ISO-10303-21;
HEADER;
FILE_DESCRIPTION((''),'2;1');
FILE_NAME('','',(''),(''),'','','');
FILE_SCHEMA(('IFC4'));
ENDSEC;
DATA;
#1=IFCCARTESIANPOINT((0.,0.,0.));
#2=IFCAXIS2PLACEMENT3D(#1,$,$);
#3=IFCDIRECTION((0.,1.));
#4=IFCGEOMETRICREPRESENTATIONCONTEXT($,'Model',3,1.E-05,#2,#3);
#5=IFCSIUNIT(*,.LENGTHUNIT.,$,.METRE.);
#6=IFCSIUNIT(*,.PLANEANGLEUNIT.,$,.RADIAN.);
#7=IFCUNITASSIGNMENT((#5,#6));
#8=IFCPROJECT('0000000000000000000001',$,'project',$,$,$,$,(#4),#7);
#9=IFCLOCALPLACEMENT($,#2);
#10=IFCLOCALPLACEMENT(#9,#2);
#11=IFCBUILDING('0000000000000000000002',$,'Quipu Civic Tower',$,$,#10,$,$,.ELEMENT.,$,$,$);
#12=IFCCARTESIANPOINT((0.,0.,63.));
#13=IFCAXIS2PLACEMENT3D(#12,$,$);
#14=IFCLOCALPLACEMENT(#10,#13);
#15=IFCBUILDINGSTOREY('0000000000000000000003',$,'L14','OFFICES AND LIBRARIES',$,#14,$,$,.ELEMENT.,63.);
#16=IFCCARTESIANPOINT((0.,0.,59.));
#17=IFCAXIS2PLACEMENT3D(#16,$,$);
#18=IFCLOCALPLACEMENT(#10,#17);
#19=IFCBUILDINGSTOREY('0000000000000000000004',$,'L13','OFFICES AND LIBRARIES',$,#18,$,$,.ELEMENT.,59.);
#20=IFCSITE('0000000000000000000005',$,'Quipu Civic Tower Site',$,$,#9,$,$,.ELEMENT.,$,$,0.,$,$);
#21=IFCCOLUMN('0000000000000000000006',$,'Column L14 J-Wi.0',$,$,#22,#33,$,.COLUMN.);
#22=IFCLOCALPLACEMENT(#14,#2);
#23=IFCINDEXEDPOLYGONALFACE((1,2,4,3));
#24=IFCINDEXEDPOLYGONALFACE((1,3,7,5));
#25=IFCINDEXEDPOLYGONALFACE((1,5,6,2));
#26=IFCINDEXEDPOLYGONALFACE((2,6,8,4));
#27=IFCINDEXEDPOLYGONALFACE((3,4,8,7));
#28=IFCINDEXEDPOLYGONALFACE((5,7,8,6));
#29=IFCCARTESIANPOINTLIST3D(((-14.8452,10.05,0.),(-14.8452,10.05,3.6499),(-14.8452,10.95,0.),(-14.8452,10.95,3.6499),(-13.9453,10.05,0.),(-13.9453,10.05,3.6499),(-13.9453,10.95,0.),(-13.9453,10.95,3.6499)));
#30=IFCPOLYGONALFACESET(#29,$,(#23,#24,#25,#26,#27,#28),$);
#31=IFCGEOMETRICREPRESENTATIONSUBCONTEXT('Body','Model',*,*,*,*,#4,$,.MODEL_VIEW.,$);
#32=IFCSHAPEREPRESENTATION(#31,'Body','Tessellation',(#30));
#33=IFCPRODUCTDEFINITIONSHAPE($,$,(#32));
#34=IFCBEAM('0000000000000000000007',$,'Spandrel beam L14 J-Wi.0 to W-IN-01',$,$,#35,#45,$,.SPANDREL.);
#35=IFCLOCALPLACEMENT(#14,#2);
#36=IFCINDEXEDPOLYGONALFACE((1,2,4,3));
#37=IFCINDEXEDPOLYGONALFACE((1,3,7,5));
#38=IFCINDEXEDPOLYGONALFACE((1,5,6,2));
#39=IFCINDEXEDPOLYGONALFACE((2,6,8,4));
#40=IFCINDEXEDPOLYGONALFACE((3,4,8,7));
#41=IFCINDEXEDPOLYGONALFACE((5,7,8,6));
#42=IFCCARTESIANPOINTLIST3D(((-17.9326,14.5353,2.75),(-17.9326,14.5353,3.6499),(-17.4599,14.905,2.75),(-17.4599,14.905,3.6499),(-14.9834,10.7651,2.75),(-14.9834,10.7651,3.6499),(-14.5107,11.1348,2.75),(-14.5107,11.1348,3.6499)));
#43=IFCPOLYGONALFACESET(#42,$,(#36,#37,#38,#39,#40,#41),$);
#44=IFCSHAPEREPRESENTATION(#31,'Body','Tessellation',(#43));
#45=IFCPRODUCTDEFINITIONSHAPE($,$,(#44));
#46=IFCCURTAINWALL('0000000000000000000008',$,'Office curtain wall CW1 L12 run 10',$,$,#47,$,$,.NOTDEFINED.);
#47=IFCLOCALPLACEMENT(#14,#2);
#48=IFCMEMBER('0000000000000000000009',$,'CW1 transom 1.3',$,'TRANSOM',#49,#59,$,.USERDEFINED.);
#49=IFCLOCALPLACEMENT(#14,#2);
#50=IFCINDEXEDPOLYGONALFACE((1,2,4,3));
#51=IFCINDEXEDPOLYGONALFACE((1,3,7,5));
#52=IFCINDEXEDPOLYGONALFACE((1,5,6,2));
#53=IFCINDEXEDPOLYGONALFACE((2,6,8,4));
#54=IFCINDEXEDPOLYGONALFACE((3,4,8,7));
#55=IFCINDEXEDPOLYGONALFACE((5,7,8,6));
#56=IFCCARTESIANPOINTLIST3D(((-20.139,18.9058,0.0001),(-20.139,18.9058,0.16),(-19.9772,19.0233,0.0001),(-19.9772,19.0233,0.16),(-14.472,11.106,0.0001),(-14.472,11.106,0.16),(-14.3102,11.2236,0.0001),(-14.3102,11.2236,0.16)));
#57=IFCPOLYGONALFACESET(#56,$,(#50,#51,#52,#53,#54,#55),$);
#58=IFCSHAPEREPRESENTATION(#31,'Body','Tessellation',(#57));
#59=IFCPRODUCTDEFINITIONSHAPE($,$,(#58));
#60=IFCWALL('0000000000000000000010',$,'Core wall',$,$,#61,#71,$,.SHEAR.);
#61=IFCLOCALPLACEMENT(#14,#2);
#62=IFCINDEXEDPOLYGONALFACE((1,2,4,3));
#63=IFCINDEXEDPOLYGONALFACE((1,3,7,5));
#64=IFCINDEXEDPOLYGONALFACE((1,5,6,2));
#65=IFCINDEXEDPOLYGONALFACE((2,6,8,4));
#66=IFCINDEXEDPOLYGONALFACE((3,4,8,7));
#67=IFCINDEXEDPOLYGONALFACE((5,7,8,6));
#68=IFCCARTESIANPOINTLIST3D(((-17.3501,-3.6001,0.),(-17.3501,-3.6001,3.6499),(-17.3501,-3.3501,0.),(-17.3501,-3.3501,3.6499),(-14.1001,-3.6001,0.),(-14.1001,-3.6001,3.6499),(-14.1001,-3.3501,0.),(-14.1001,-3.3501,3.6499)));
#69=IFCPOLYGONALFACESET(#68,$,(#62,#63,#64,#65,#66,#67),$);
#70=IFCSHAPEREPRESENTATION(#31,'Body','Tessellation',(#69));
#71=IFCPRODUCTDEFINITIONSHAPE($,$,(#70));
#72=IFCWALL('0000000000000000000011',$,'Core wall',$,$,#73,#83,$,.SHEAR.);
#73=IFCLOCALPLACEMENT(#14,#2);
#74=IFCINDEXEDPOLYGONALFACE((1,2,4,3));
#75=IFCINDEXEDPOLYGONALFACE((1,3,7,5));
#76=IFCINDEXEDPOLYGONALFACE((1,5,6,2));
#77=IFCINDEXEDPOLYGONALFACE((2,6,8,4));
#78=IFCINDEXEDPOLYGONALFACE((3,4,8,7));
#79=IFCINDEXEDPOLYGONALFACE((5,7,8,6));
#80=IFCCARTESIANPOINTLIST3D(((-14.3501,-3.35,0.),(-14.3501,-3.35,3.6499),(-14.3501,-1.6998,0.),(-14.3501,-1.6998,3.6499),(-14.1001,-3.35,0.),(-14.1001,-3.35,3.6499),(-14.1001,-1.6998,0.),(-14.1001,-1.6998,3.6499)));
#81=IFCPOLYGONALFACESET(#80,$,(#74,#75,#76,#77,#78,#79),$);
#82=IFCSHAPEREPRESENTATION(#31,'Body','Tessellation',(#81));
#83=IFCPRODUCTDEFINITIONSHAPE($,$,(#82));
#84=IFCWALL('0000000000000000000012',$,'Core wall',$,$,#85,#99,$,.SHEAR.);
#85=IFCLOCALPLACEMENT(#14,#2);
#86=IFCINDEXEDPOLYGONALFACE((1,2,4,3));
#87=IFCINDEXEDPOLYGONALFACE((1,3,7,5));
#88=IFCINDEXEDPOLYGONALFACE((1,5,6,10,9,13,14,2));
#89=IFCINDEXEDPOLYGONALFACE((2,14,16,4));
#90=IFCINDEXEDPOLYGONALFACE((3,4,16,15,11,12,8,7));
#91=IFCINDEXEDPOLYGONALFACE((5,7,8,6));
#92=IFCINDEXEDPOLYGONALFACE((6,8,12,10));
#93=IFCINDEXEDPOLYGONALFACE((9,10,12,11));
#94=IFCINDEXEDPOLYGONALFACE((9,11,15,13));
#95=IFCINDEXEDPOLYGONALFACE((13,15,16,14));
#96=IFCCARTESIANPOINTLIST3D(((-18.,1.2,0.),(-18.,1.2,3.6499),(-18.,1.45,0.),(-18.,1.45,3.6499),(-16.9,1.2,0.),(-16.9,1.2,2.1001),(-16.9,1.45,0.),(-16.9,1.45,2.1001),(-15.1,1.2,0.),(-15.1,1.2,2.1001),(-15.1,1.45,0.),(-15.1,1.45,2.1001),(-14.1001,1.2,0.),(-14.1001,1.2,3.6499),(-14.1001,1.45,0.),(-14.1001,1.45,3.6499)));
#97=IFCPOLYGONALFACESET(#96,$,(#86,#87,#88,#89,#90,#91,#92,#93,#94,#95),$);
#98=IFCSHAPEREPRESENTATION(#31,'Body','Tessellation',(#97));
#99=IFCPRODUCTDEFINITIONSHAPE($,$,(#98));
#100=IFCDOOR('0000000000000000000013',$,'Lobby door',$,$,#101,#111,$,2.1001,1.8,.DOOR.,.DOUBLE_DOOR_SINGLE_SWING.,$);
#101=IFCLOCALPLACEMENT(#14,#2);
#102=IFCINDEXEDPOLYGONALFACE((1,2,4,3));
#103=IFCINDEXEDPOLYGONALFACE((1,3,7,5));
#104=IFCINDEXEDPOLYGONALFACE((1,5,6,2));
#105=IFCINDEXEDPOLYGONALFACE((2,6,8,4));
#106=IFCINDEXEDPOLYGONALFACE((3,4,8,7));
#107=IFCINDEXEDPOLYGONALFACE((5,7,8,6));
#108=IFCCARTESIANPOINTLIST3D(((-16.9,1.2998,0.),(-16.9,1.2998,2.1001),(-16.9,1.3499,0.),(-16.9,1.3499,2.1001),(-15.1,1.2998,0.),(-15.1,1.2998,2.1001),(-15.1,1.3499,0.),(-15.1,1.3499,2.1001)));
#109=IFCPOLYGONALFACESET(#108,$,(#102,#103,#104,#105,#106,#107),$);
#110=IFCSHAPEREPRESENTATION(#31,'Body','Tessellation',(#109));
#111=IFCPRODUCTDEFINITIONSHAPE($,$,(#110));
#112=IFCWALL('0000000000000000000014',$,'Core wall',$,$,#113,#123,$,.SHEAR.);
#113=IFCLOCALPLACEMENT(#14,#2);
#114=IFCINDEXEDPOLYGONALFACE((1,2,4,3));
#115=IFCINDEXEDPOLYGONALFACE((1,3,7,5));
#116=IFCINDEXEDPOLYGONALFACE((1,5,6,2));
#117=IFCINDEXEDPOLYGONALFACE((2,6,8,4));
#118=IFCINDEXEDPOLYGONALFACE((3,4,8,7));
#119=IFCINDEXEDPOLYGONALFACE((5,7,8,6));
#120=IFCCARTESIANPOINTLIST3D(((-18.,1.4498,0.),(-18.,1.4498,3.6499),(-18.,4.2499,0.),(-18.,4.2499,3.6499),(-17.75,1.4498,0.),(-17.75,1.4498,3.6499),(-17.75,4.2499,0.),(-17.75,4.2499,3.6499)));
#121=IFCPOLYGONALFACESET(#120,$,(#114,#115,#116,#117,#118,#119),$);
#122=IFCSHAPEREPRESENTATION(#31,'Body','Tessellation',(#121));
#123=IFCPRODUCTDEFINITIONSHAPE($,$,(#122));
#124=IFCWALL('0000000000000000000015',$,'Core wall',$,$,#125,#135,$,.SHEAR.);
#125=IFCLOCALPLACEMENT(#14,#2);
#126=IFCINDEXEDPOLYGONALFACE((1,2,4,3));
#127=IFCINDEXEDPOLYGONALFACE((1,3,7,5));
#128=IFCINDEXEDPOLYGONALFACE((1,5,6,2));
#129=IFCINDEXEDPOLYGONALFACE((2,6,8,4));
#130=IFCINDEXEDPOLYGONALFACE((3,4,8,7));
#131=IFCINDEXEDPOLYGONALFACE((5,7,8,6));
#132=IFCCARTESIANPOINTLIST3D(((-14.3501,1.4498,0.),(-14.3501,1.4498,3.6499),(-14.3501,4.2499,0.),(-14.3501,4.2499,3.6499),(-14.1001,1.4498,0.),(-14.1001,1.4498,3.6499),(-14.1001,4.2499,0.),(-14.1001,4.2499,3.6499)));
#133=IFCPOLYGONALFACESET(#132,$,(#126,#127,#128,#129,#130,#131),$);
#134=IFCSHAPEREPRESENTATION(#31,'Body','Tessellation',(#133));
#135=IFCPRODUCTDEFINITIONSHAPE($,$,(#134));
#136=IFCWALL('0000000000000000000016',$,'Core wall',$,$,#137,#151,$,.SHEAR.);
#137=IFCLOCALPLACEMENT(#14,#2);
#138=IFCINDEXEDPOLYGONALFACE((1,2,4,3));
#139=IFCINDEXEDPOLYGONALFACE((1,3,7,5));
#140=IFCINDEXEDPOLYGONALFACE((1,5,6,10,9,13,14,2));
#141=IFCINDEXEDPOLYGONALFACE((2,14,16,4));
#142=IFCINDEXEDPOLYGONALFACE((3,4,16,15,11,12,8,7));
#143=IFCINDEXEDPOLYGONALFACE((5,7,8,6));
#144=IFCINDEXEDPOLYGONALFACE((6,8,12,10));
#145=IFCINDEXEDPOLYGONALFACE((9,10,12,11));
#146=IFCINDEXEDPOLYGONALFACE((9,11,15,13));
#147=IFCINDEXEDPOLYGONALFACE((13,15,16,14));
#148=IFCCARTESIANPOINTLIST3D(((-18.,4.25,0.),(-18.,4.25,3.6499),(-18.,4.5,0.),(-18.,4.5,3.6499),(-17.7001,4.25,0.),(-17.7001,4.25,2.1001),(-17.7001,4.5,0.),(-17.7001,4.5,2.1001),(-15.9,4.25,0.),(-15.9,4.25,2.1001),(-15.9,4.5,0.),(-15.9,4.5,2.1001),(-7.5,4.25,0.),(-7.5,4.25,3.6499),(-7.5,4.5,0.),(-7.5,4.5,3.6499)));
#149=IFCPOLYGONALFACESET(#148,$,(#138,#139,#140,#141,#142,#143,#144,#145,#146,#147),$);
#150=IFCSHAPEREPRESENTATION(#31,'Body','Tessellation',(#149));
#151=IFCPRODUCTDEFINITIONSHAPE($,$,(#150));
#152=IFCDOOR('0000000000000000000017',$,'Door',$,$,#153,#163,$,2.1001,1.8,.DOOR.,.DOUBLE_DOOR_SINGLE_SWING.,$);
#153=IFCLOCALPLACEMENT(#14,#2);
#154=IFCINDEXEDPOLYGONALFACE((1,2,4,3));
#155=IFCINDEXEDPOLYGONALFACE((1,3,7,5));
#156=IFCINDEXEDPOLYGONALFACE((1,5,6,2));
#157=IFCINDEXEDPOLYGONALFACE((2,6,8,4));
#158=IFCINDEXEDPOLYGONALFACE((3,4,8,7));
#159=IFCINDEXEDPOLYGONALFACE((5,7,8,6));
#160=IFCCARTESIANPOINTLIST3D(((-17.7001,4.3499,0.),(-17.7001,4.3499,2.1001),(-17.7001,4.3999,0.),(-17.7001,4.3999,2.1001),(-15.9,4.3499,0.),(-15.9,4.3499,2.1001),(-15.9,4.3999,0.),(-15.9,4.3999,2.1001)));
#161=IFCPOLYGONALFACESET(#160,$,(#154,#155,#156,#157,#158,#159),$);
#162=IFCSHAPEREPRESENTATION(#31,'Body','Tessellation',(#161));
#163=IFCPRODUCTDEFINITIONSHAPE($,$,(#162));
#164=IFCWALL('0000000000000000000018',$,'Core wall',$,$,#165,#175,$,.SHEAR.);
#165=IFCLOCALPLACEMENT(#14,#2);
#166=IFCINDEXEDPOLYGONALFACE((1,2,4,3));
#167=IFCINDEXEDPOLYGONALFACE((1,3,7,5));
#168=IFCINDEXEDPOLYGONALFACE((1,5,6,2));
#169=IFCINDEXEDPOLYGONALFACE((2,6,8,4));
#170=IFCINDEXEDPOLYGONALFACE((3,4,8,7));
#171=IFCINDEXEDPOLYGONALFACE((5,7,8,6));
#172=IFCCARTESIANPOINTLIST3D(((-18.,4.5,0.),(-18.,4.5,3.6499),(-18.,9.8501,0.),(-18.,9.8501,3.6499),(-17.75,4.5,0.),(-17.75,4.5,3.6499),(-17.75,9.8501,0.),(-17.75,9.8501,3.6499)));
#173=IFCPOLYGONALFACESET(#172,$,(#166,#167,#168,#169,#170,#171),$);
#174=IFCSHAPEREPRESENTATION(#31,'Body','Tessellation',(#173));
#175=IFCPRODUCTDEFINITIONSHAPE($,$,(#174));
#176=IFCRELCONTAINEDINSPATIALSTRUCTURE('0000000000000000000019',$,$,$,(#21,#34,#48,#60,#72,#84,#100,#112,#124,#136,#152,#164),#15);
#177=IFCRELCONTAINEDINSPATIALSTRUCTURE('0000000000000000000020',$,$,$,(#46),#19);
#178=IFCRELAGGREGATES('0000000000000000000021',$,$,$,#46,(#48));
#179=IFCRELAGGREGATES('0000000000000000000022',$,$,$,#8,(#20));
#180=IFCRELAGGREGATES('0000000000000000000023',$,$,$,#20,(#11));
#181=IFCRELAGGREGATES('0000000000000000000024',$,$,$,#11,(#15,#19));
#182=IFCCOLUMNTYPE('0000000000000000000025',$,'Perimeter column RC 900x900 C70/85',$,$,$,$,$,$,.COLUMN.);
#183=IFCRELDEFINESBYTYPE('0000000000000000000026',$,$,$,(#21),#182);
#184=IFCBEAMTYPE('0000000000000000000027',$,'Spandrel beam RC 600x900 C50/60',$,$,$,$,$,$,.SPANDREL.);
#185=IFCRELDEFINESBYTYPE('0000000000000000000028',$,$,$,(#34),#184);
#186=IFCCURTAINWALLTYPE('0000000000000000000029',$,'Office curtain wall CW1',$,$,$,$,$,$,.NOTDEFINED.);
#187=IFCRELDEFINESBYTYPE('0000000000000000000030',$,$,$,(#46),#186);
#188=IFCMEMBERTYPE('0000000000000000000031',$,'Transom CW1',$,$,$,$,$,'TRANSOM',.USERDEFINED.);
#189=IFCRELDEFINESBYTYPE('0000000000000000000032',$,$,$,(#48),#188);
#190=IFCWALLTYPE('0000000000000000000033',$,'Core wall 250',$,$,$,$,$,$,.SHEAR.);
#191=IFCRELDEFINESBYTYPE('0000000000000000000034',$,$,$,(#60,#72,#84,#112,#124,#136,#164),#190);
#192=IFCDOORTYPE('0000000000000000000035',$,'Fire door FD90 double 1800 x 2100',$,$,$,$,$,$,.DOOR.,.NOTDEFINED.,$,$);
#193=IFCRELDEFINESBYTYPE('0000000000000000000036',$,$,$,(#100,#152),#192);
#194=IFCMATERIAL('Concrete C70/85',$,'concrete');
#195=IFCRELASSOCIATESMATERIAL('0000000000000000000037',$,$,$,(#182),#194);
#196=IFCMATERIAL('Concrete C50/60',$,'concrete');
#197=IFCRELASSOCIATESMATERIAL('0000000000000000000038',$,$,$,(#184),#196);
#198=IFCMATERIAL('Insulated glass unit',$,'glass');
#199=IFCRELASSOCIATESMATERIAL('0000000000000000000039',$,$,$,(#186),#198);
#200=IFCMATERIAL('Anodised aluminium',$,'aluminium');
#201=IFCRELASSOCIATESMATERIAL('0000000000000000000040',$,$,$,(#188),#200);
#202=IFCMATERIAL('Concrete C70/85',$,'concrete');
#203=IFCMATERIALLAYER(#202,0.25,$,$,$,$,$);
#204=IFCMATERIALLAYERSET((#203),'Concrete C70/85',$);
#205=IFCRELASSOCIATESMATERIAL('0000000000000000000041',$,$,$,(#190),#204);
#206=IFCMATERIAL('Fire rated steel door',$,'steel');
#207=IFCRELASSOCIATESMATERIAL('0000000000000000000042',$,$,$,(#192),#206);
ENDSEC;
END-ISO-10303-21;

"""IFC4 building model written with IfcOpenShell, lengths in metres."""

from ifc_helpers import new_model, si_unit, direction, frame, frame_2d, origin, origin_2d, place, context, subcontext, project, spatial, rectangle, extrude, material, layer, layer_set, material_profile, profile_set, type_object, element, fill, aggregate, save


model = new_model("IFC4")

# Units and contexts
model_context = context("Model", 3, precision=1e-05, world=origin(), true_north=direction((0.0, 1.0)))
body_context = subcontext(model_context, "Body", "Model", "MODEL_VIEW")
ifc_project = project(units=[si_unit("LENGTHUNIT", "METRE"), si_unit("PLANEANGLEUNIT", "RADIAN")], contexts=[model_context])

# Site, building, storey
site_placement = place(None, origin())
site = spatial("IfcSite", under=ifc_project, at=site_placement, Name="Quipu Civic Tower Site", CompositionType="ELEMENT", RefElevation=0.0)
building_placement = place(site_placement, origin())
building = spatial("IfcBuilding", under=site, at=building_placement, Name="Quipu Civic Tower", CompositionType="ELEMENT")
storey_1_placement = place(building_placement, frame((0.0, 0.0, 63.0)))
storey_1 = spatial("IfcBuildingStorey", under=building, at=storey_1_placement, Name="L14", Description="OFFICES AND LIBRARIES", CompositionType="ELEMENT", Elevation=63.0)

# Column
ifc_material_1 = material(Name="Concrete C70/85", Category="concrete")
ifc_material_profile_1 = material_profile(ifc_material_1, rectangle(XDim=0.8999, YDim=0.8999, at=origin_2d()), Name="RC900x900")
ifc_profile_set_1 = profile_set([ifc_material_profile_1], Name="Concrete C70/85")
column_type = type_object("IfcColumnType", Name="Perimeter column RC 900x900 C70/85", PredefinedType="COLUMN", material=ifc_profile_set_1)
column_placement = place(storey_1_placement, frame((-14.3953, 10.5, 0.0), z_axis=(0.0, 0.0, 1.0), x_axis=(-1.0, 0.0, 0.0)))
element("IfcColumn", 1, at=column_placement, inside=storey_1, type_object=column_type, Name="Column L14 J-Wi.0", PredefinedType="COLUMN", context=body_context, shape_type="SweptSolid", body=[
    extrude(rectangle(XDim=0.8999, YDim=0.8999, at=origin_2d()), origin(), (0.0, 0.0, 1.0), 3.6499),
])

# Beam
ifc_material_2 = material(Name="Concrete C50/60", Category="concrete")
ifc_material_profile_2 = material_profile(ifc_material_2, rectangle(XDim=0.6001, YDim=0.8999, at=origin_2d()), Name="RC600x900")
ifc_profile_set_2 = profile_set([ifc_material_profile_2], Name="Concrete C50/60")
beam_type = type_object("IfcBeamType", Name="Spandrel beam RC 600x900 C50/60", PredefinedType="SPANDREL", material=ifc_profile_set_2)
beam_placement = place(storey_1_placement, frame((-14.7471, 10.95, 3.2), z_axis=(-0.616124, 0.787649, 0.0), x_axis=(-0.787649, -0.616124, 0.0)))
element("IfcBeam", 2, at=beam_placement, inside=storey_1, type_object=beam_type, Name="Spandrel beam L14 J-Wi.0 to W-IN-01", PredefinedType="SPANDREL", context=body_context, shape_type="SweptSolid", body=[
    extrude(rectangle(XDim=0.6001, YDim=0.8999, at=origin_2d()), origin(), (0.0, 0.0, 1.0), 4.7866),
])

# Shared definitions
storey_2_placement = place(building_placement, frame((0.0, 0.0, 59.0)))
storey_2 = spatial("IfcBuildingStorey", under=building, at=storey_2_placement, Name="L13", Description="OFFICES AND LIBRARIES", CompositionType="ELEMENT", Elevation=59.0)

# Curtain wall, member
ifc_material_3 = material(Name="Insulated glass unit", Category="glass")
curtain_wall_type = type_object("IfcCurtainWallType", Name="Office curtain wall CW1", PredefinedType="NOTDEFINED", material=ifc_material_3)
curtain_wall_placement = place(storey_2_placement, origin())
curtain_wall = element("IfcCurtainWall", 3, at=curtain_wall_placement, inside=storey_2, type_object=curtain_wall_type, Name="Office curtain wall CW1 L12 run 10", PredefinedType="NOTDEFINED")
ifc_material_4 = material(Name="Anodised aluminium", Category="aluminium")
ifc_material_profile_3 = material_profile(ifc_material_4, rectangle(XDim=0.2, YDim=0.1599, at=origin_2d()), Name="RECT 200x160")
ifc_profile_set_3 = profile_set([ifc_material_profile_3], Name="Anodised aluminium")
member_type = type_object("IfcMemberType", Name="Transom CW1", ElementType="TRANSOM", PredefinedType="USERDEFINED", material=ifc_profile_set_3)
member_placement = place(storey_1_placement, frame((-14.3911, 11.1648, 0.0801), z_axis=(-0.587792, 0.809012, 0.0), x_axis=(-0.809012, -0.587792, 0.0)))
member = element("IfcMember", 4, at=member_placement, inside=storey_1, type_object=member_type, Name="CW1 transom 1.3", ObjectType="TRANSOM", PredefinedType="USERDEFINED", context=body_context, shape_type="SweptSolid", body=[
    extrude(rectangle(XDim=0.2, YDim=0.1599, at=origin_2d()), origin(), (0.0, 0.0, 1.0), 9.6411),
])
aggregate(curtain_wall, [member])

# Walls
ifc_material_5 = material(Name="Concrete C70/85", Category="concrete")
ifc_layer_1 = layer(ifc_material_5, 0.25)
ifc_layer_set_1 = layer_set([ifc_layer_1], Name="Concrete C70/85")
wall_type_1 = type_object("IfcWallType", Name="Core wall 250", PredefinedType="SHEAR", material=ifc_layer_set_1)
wall_1_placement = place(storey_1_placement, frame((-17.3501, -3.4751, 0.0), z_axis=(0.0, 0.0, 1.0), x_axis=(1.0, 0.0, 0.0)))
element("IfcWall", 5, at=wall_1_placement, inside=storey_1, type_object=wall_type_1, Name="Core wall", PredefinedType="SHEAR", context=body_context, shape_type="SweptSolid", body=[
    extrude(rectangle(XDim=3.25, YDim=0.25, at=frame_2d((1.625, 0.0))), origin(), (0.0, 0.0, 1.0), 3.6499),
])
wall_2_placement = place(storey_1_placement, frame((-14.2251, -3.3501, 0.0), z_axis=(0.0, 0.0, 1.0), x_axis=(0.0, 1.0, 0.0)))
element("IfcWall", 6, at=wall_2_placement, inside=storey_1, type_object=wall_type_1, Name="Core wall", PredefinedType="SHEAR", context=body_context, shape_type="SweptSolid", body=[
    extrude(rectangle(XDim=1.6501, YDim=0.25, at=frame_2d((0.8252, 0.0))), origin(), (0.0, 0.0, 1.0), 3.6499),
])

# Wall, opening, door
wall_3_placement = place(storey_1_placement, frame((-18.0, 1.325, 0.0), z_axis=(0.0, 0.0, 1.0), x_axis=(1.0, 0.0, 0.0)))
wall_3 = element("IfcWall", 7, at=wall_3_placement, inside=storey_1, type_object=wall_type_1, Name="Core wall", PredefinedType="SHEAR", context=body_context, shape_type="SweptSolid", body=[
    extrude(rectangle(XDim=3.8999, YDim=0.25, at=frame_2d((1.95, 0.0))), origin(), (0.0, 0.0, 1.0), 3.6499),
])
opening_1_placement = place(wall_3_placement, frame((1.1001, 0.0, 0.0)))
opening_1 = element("IfcOpeningElement", 8, at=opening_1_placement, cuts=wall_3, PredefinedType="OPENING", context=body_context, shape_type="SweptSolid", body=[
    extrude(rectangle(XDim=1.8, YDim=2.1001, at=frame_2d((0.8999, 1.05))), frame((0.0, 0.135, 0.0), z_axis=(0.0, -1.0, 0.0), x_axis=(1.0, 0.0, 0.0)), (0.0, 0.0, 1.0), 0.27),
])
ifc_material_6 = material(Name="Fire rated steel door", Category="steel")
door_type = type_object("IfcDoorType", Name="Fire door FD90 double 1800 x 2100", OperationType="NOTDEFINED", PredefinedType="DOOR", material=ifc_material_6)
door_1_placement = place(opening_1_placement, origin())
door_1 = element("IfcDoor", 9, at=door_1_placement, inside=storey_1, type_object=door_type, Name="Lobby door", OperationType="DOUBLE_DOOR_SINGLE_SWING", OverallHeight=2.1001, OverallWidth=1.8, PredefinedType="DOOR", context=body_context, shape_type="SweptSolid", body=[
    extrude(rectangle(XDim=1.8, YDim=2.1001, at=frame_2d((0.8999, 1.05))), frame((0.0, 0.0249, 0.0), z_axis=(0.0, -1.0, 0.0), x_axis=(1.0, 0.0, 0.0)), (0.0, 0.0, 1.0), 0.05),
])
fill(opening_1, door_1)

# Walls
for number, where, z_axis, x_axis, name in (
    (10, (-17.875, 1.45, 0.0), (0.0, 0.0, 1.0), (0.0, 1.0, 0.0), "Core wall"),
    (11, (-14.2251, 1.45, 0.0), (0.0, 0.0, 1.0), (0.0, 1.0, 0.0), "Core wall"),
):
    element("IfcWall", number, at=place(storey_1_placement, frame(where, z_axis=z_axis, x_axis=x_axis)), inside=storey_1, type_object=wall_type_1, Name=name, PredefinedType="SHEAR", context=body_context, shape_type="SweptSolid", body=[
        extrude(rectangle(XDim=2.8, YDim=0.25, at=frame_2d((1.3999, 0.0))), origin(), (0.0, 0.0, 1.0), 3.6499),
    ])

# Wall, opening, door
wall_4_placement = place(storey_1_placement, frame((-18.0, 4.375, 0.0), z_axis=(0.0, 0.0, 1.0), x_axis=(1.0, 0.0, 0.0)))
wall_4 = element("IfcWall", 12, at=wall_4_placement, inside=storey_1, type_object=wall_type_1, Name="Core wall", PredefinedType="SHEAR", context=body_context, shape_type="SweptSolid", body=[
    extrude(rectangle(XDim=10.5, YDim=0.25, at=frame_2d((5.25, 0.0))), origin(), (0.0, 0.0, 1.0), 3.6499),
])
opening_2_placement = place(wall_4_placement, frame((0.3, 0.0, 0.0)))
opening_2 = element("IfcOpeningElement", 13, at=opening_2_placement, cuts=wall_4, PredefinedType="OPENING", context=body_context, shape_type="SweptSolid", body=[
    extrude(rectangle(XDim=1.8, YDim=2.1001, at=frame_2d((0.8999, 1.05))), frame((0.0, 0.135, 0.0), z_axis=(0.0, -1.0, 0.0), x_axis=(1.0, 0.0, 0.0)), (0.0, 0.0, 1.0), 0.27),
])
door_2_placement = place(opening_2_placement, origin())
door_2 = element("IfcDoor", 14, at=door_2_placement, inside=storey_1, type_object=door_type, Name="Door", OperationType="DOUBLE_DOOR_SINGLE_SWING", OverallHeight=2.1001, OverallWidth=1.8, PredefinedType="DOOR", context=body_context, shape_type="SweptSolid", body=[
    extrude(rectangle(XDim=1.8, YDim=2.1001, at=frame_2d((0.8999, 1.05))), frame((0.0, 0.0249, 0.0), z_axis=(0.0, -1.0, 0.0), x_axis=(1.0, 0.0, 0.0)), (0.0, 0.0, 1.0), 0.05),
])
fill(opening_2, door_2)

# Wall
wall_5_placement = place(storey_1_placement, frame((-17.875, 4.5, 0.0), z_axis=(0.0, 0.0, 1.0), x_axis=(0.0, 1.0, 0.0)))
element("IfcWall", 15, at=wall_5_placement, inside=storey_1, type_object=wall_type_1, Name="Core wall", PredefinedType="SHEAR", context=body_context, shape_type="SweptSolid", body=[
    extrude(rectangle(XDim=5.3501, YDim=0.25, at=frame_2d((2.675, 0.0))), origin(), (0.0, 0.0, 1.0), 3.6499),
])

save(model, "model.ifc")
